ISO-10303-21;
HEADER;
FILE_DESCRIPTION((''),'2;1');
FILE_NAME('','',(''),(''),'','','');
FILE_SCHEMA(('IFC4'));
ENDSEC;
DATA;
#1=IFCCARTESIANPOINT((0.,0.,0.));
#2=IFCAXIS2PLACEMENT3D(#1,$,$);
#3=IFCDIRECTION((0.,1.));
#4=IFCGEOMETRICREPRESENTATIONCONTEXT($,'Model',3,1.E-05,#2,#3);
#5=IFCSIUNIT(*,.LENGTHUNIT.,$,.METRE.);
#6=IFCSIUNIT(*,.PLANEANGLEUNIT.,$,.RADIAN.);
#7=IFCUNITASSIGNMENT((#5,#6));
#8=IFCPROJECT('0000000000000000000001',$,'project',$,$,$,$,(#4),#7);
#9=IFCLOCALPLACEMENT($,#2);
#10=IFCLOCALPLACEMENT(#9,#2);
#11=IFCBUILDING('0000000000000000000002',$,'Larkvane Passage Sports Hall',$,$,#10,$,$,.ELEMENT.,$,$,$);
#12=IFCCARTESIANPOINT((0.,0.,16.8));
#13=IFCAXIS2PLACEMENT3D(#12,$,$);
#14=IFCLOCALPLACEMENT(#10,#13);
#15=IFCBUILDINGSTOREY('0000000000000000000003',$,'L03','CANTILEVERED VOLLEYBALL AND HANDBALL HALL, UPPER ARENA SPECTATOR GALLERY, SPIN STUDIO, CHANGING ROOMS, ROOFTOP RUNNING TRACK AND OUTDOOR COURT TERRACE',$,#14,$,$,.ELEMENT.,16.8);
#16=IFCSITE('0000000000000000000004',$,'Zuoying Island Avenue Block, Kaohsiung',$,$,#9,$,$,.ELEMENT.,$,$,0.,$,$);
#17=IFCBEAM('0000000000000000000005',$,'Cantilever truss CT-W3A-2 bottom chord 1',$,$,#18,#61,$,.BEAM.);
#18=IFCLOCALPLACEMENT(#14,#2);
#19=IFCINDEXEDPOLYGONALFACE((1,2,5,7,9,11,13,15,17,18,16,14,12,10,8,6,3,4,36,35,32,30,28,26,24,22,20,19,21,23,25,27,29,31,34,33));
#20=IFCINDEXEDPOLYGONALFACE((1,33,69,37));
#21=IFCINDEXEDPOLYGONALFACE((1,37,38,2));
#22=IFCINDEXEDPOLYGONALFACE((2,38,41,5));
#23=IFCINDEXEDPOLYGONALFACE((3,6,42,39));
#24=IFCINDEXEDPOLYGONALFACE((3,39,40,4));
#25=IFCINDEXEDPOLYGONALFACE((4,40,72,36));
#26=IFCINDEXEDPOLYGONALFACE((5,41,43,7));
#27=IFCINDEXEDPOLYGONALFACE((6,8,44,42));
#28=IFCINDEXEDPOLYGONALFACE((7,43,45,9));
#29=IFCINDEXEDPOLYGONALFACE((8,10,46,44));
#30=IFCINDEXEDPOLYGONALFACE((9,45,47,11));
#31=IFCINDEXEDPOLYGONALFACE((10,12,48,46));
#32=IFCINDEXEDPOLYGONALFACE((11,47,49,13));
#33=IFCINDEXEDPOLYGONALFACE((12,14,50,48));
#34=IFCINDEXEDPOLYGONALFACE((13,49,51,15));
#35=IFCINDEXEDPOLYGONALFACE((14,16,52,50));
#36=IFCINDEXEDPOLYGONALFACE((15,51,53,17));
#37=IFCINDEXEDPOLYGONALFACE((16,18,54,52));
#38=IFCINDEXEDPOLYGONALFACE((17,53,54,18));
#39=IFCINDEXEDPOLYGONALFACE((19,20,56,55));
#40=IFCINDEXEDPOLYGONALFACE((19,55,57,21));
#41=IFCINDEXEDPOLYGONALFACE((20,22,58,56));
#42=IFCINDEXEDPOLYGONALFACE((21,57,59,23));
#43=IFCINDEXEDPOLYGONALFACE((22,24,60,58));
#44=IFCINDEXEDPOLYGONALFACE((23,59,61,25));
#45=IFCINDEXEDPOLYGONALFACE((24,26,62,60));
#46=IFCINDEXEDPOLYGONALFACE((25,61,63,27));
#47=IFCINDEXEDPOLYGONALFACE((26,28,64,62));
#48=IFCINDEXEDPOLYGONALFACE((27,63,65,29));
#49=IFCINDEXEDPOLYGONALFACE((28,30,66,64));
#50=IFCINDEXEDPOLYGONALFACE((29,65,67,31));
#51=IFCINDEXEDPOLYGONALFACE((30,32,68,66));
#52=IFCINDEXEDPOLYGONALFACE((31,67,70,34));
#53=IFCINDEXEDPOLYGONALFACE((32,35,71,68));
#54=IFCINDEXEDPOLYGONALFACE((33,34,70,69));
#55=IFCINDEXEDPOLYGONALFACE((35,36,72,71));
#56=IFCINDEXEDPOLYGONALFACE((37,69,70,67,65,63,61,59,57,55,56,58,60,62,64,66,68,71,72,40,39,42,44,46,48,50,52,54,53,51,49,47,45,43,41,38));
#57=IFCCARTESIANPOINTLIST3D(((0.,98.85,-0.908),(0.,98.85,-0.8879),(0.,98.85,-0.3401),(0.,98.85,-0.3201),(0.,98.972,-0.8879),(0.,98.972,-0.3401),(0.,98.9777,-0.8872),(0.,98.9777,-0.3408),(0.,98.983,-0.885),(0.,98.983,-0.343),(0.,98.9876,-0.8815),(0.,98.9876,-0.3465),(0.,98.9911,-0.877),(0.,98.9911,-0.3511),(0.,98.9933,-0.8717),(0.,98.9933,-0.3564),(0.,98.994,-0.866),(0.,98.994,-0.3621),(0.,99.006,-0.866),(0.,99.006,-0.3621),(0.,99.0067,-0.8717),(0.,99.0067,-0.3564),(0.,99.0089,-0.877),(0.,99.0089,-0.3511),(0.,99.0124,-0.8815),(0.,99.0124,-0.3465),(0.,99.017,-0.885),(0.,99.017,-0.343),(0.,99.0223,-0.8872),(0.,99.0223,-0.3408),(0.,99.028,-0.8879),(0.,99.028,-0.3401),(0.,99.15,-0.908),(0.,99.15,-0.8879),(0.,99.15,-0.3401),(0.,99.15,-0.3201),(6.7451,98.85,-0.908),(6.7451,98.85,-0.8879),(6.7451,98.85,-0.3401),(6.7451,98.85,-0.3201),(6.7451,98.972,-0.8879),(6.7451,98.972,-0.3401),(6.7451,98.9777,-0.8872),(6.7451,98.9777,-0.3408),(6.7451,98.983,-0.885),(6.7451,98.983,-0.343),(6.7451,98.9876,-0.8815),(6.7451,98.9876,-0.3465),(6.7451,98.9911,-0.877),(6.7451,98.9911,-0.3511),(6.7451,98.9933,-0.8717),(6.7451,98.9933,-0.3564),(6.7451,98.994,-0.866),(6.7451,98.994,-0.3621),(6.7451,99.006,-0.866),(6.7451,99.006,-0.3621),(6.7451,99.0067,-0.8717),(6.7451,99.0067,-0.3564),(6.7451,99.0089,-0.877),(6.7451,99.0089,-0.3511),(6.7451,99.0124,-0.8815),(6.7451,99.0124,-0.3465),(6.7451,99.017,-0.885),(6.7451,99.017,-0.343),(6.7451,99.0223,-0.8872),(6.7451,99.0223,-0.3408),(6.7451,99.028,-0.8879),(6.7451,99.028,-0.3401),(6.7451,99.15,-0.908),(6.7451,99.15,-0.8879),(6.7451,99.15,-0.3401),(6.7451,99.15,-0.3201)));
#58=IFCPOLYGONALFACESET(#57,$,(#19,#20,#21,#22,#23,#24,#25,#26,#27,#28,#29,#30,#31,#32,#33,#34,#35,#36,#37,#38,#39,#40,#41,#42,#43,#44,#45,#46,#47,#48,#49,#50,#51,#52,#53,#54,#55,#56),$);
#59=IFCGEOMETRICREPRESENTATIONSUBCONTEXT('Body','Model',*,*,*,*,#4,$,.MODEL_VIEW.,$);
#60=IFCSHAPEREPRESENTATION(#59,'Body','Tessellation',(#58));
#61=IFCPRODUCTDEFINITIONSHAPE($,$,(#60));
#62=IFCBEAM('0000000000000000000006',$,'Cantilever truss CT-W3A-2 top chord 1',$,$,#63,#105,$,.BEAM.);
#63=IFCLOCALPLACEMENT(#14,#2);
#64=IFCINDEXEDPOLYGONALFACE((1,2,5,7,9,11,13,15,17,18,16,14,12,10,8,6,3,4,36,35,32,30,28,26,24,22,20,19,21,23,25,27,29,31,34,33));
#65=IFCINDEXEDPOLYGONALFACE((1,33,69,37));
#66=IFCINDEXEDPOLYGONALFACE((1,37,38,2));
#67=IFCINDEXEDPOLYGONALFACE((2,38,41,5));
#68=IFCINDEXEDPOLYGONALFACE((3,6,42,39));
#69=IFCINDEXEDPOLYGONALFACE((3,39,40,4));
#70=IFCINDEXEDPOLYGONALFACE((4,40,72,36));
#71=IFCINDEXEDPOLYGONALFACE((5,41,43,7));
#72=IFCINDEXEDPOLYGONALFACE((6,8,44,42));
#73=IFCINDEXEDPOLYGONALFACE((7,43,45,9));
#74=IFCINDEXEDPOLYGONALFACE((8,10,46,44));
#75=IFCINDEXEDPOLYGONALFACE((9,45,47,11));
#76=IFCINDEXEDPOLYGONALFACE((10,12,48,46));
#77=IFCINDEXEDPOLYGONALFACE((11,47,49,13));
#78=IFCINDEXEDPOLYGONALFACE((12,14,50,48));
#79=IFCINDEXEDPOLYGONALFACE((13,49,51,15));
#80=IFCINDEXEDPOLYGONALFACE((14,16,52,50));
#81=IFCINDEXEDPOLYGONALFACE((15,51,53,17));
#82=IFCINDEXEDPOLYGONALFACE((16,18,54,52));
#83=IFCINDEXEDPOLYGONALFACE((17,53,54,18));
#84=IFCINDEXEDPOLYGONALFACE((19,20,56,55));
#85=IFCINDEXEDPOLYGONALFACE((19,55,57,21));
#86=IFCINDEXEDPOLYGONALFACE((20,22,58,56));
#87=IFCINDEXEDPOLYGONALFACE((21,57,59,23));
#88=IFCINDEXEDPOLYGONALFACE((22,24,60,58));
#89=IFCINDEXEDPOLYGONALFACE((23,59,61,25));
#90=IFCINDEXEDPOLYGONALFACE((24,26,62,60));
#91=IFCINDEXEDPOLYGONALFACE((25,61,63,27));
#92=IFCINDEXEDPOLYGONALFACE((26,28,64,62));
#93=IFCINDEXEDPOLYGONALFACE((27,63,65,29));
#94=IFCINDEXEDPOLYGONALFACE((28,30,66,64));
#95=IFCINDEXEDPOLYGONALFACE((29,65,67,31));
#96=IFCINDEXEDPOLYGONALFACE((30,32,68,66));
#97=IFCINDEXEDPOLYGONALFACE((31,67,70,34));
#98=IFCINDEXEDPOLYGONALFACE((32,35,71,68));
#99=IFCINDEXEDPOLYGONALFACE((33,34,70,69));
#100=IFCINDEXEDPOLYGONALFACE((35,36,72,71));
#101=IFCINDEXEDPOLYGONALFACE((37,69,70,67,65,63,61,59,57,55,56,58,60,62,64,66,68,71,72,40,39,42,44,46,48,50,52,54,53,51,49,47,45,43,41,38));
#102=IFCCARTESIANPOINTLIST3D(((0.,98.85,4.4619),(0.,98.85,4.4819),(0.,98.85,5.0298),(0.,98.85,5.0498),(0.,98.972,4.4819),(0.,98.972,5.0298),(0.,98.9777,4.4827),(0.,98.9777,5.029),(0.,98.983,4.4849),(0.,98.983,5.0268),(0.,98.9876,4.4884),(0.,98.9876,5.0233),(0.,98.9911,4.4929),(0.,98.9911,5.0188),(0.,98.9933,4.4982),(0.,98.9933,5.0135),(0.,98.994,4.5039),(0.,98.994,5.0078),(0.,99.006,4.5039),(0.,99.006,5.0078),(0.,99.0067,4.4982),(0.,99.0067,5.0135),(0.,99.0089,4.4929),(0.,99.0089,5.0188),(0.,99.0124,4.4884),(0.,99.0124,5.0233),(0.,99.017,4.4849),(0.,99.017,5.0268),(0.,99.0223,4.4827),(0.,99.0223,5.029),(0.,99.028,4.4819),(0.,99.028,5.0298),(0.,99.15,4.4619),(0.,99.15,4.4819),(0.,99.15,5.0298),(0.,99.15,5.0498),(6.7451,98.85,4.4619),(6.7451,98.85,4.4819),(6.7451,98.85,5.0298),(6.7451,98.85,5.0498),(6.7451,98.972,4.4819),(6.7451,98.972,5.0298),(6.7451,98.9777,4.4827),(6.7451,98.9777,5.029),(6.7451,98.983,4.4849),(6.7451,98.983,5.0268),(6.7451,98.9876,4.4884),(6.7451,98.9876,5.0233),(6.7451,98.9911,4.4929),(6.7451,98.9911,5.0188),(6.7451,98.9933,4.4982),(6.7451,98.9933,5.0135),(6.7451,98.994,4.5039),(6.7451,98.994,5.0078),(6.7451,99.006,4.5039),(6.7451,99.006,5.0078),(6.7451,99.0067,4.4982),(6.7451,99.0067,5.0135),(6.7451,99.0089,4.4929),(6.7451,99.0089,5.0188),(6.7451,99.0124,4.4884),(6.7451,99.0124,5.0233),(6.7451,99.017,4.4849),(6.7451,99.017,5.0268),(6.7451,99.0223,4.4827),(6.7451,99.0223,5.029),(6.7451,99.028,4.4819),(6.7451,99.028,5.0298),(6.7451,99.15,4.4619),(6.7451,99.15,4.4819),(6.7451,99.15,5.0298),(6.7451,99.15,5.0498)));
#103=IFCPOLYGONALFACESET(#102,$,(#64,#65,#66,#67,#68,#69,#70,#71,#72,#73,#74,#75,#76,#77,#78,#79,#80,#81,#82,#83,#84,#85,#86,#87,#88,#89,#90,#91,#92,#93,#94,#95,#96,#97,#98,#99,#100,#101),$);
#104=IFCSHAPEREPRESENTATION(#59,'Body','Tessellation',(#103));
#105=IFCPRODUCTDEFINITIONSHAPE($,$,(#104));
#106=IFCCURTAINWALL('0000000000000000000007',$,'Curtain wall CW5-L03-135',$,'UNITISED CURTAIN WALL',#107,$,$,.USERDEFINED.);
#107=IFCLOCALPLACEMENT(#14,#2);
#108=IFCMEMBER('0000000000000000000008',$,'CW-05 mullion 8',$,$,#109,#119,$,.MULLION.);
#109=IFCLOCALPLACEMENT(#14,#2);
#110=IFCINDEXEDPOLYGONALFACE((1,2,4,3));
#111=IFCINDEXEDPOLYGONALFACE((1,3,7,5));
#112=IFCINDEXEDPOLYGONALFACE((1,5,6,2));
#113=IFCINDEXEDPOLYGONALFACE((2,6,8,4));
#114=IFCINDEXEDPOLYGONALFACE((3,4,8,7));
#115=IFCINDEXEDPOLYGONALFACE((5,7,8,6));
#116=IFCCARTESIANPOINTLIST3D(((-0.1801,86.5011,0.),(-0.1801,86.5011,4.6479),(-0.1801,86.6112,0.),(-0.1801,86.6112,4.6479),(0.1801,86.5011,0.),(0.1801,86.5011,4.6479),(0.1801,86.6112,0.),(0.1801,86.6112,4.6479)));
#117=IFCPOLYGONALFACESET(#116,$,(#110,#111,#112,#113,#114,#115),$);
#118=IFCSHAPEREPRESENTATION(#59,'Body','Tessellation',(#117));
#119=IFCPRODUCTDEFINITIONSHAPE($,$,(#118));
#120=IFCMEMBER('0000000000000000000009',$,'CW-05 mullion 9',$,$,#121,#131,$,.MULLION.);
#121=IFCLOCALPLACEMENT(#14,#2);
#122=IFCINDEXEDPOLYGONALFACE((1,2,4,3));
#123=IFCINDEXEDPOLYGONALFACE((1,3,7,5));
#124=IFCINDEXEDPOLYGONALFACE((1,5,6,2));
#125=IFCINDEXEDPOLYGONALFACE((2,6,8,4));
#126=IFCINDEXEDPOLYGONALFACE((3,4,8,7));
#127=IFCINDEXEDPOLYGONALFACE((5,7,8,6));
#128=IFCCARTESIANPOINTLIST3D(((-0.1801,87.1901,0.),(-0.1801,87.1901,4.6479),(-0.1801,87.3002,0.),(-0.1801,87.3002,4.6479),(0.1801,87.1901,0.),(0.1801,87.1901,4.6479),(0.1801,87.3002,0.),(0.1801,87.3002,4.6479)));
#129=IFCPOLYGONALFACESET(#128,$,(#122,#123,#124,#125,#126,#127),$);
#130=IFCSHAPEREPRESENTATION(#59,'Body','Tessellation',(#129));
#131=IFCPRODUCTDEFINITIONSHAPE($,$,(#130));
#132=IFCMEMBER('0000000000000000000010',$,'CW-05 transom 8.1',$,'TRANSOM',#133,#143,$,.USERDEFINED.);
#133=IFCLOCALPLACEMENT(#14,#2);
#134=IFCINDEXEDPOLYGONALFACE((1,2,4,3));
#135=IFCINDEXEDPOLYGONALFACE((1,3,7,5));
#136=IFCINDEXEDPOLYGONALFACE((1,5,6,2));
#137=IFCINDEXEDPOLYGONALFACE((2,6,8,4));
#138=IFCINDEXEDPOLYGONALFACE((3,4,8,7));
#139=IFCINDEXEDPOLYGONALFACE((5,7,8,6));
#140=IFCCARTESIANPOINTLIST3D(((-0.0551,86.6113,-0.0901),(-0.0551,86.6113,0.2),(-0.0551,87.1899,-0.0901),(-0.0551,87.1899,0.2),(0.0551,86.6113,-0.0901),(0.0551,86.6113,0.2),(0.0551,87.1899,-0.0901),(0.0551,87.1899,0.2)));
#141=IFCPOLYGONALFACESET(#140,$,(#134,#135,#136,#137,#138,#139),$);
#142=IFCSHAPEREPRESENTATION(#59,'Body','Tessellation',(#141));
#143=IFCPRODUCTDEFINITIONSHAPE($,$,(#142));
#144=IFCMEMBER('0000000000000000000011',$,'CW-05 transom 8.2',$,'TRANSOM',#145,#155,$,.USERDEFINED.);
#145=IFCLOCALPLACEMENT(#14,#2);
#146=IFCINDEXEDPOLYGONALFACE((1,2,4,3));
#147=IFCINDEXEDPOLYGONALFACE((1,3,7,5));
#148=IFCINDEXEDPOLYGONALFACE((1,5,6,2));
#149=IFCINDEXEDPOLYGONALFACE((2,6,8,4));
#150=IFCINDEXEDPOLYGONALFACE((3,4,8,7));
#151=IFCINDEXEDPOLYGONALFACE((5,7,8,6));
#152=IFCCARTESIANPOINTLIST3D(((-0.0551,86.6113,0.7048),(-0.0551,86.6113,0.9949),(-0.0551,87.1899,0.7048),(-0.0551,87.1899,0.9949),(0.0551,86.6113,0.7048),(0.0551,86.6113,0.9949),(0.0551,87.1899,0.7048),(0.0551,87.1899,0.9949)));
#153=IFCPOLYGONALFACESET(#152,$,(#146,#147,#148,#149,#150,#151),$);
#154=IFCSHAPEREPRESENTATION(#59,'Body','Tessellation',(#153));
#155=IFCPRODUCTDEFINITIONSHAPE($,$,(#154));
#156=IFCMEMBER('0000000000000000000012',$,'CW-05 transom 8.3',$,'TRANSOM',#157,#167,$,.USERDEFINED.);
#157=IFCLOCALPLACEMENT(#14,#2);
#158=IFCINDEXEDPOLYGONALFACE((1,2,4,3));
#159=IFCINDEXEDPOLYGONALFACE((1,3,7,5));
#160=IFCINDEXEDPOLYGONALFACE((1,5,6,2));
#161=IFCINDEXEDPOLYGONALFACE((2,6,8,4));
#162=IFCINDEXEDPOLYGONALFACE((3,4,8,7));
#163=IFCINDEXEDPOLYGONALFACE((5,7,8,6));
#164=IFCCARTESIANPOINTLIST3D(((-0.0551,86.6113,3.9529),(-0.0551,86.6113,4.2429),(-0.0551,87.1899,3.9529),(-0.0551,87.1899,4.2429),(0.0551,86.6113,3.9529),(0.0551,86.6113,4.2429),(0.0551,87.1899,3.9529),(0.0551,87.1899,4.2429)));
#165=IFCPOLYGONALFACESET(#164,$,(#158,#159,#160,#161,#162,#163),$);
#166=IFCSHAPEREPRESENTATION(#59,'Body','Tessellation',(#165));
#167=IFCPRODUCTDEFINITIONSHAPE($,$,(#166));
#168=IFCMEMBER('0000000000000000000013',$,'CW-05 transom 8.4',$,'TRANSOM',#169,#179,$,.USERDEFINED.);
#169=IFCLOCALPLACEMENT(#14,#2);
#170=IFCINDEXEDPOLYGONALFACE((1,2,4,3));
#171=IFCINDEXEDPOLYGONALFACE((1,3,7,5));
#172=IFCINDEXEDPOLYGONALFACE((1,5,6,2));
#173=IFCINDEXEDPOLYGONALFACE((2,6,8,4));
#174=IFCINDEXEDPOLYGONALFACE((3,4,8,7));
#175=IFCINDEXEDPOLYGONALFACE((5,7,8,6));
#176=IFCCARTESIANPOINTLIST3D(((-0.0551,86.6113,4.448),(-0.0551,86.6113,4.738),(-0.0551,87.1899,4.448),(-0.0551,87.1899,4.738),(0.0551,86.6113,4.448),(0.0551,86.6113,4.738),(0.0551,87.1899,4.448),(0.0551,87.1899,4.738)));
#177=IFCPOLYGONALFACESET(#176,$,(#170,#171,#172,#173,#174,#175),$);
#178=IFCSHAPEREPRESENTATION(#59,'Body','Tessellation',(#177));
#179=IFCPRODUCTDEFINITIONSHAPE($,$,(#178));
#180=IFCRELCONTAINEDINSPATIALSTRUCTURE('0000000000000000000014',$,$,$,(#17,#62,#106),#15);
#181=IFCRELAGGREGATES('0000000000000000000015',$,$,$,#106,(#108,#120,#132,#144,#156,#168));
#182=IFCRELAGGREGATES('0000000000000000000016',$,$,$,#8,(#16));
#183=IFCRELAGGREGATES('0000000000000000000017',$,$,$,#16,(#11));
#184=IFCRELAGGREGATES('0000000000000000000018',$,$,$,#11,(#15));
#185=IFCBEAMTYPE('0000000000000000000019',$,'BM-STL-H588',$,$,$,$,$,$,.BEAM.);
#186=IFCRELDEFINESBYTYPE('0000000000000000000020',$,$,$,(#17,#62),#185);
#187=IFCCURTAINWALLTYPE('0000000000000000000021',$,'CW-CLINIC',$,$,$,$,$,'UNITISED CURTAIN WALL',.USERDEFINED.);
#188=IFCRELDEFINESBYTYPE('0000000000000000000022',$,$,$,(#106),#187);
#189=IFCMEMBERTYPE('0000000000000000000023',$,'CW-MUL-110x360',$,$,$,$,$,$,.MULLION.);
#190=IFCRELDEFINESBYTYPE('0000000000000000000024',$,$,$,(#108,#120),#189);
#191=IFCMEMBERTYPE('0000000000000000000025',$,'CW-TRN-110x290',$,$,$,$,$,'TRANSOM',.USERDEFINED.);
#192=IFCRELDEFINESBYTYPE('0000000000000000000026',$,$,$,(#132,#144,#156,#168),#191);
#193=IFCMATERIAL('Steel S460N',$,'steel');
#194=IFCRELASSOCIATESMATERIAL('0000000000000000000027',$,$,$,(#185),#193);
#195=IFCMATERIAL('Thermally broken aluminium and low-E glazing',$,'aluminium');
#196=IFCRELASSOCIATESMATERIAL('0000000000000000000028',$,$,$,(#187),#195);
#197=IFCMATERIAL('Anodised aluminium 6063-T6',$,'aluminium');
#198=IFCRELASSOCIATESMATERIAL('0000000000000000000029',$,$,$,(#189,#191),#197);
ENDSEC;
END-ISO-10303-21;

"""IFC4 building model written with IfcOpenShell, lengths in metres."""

from ifc_helpers import new_model, si_unit, direction, frame, origin, origin_2d, place, context, subcontext, project, spatial, rectangle, i_section, extrude, material, material_profile, profile_set, type_object, element, aggregate, save


model = new_model("IFC4")

# Units and contexts
model_context = context("Model", 3, precision=1e-05, world=origin(), true_north=direction((0.0, 1.0)))
body_context = subcontext(model_context, "Body", "Model", "MODEL_VIEW")
ifc_project = project(units=[si_unit("LENGTHUNIT", "METRE"), si_unit("PLANEANGLEUNIT", "RADIAN")], contexts=[model_context])

# Site, building, storey
site_placement = place(None, origin())
site = spatial("IfcSite", under=ifc_project, at=site_placement, Name="Zuoying Island Avenue Block, Kaohsiung", CompositionType="ELEMENT", RefElevation=0.0)
building_placement = place(site_placement, origin())
building = spatial("IfcBuilding", under=site, at=building_placement, Name="Larkvane Passage Sports Hall", CompositionType="ELEMENT")
storey_placement = place(building_placement, frame((0.0, 0.0, 16.8)))
storey = spatial("IfcBuildingStorey", under=building, at=storey_placement, Name="L03", Description="CANTILEVERED VOLLEYBALL AND HANDBALL HALL, UPPER ARENA SPECTATOR GALLERY, SPIN STUDIO, CHANGING ROOMS, ROOFTOP RUNNING TRACK AND OUTDOOR COURT TERRACE", CompositionType="ELEMENT", Elevation=16.8)

# Beams
ifc_material_1 = material(Name="Steel S460N", Category="steel")
ifc_material_profile_1 = material_profile(ifc_material_1, i_section(OverallWidth=0.3, OverallDepth=0.5879, WebThickness=0.012, FlangeThickness=0.02, FilletRadius=0.022, at=origin_2d()), Name="H-588x300x12x20")
ifc_profile_set_1 = profile_set([ifc_material_profile_1], Name="Steel S460N")
beam_type_1 = type_object("IfcBeamType", Name="BM-STL-H588", PredefinedType="BEAM", material=ifc_profile_set_1)
for number, where, z_axis, x_axis, name in (
    (1, (0.0, 99.0, -0.614), (1.0, 0.0, 0.0), (0.0, 1.0, 0.0), "Cantilever truss CT-W3A-2 bottom chord 1"),
    (2, (0.0, 99.0, 4.7559), (1.0, 0.0, 0.0), (0.0, 1.0, 0.0), "Cantilever truss CT-W3A-2 top chord 1"),
):
    element("IfcBeam", number, at=place(storey_placement, frame(where, z_axis=z_axis, x_axis=x_axis)), inside=storey, type_object=beam_type_1, Name=name, PredefinedType="BEAM", context=body_context, shape_type="SweptSolid", body=[
        extrude(i_section(OverallWidth=0.3, OverallDepth=0.5879, WebThickness=0.012, FlangeThickness=0.02, FilletRadius=0.022, at=origin_2d()), origin(), (0.0, 0.0, 1.0), 6.7451),
    ])

# Curtain wall, members
ifc_material_2 = material(Name="Thermally broken aluminium and low-E glazing", Category="aluminium")
curtain_wall_type = type_object("IfcCurtainWallType", Name="CW-CLINIC", ElementType="UNITISED CURTAIN WALL", PredefinedType="USERDEFINED", material=ifc_material_2)
curtain_wall_placement = place(storey_placement, origin())
curtain_wall = element("IfcCurtainWall", 3, at=curtain_wall_placement, inside=storey, type_object=curtain_wall_type, Name="Curtain wall CW5-L03-135", ObjectType="UNITISED CURTAIN WALL", PredefinedType="USERDEFINED")
ifc_material_3 = material(Name="Anodised aluminium 6063-T6", Category="aluminium")
ifc_material_profile_2 = material_profile(ifc_material_3, rectangle(XDim=0.1101, YDim=0.3601, at=origin_2d()), Name="ALU-MUL-110x360")
ifc_profile_set_2 = profile_set([ifc_material_profile_2], Name="Anodised aluminium 6063-T6")
member_type_1 = type_object("IfcMemberType", Name="CW-MUL-110x360", PredefinedType="MULLION", material=ifc_profile_set_2)
member_1_placement = place(storey_placement, frame((0.0, 86.5562, 0.0), z_axis=(0.0, 0.0, 1.0), x_axis=(0.0, 1.0, 0.0)))
member_1 = element("IfcMember", 4, at=member_1_placement, type_object=member_type_1, Name="CW-05 mullion 8", PredefinedType="MULLION", context=body_context, shape_type="SweptSolid", body=[
    extrude(rectangle(XDim=0.1101, YDim=0.3601, at=origin_2d()), origin(), (0.0, 0.0, 1.0), 4.6479),
])
member_2_placement = place(storey_placement, frame((0.0, 87.2451, 0.0), z_axis=(0.0, 0.0, 1.0), x_axis=(0.0, 1.0, 0.0)))
member_2 = element("IfcMember", 5, at=member_2_placement, type_object=member_type_1, Name="CW-05 mullion 9", PredefinedType="MULLION", context=body_context, shape_type="SweptSolid", body=[
    extrude(rectangle(XDim=0.1101, YDim=0.3601, at=origin_2d()), origin(), (0.0, 0.0, 1.0), 4.6479),
])
ifc_material_profile_3 = material_profile(ifc_material_3, rectangle(XDim=0.1101, YDim=0.29, at=origin_2d()), Name="ALU-TRN-110x290")
ifc_profile_set_3 = profile_set([ifc_material_profile_3], Name="Anodised aluminium 6063-T6")
member_type_2 = type_object("IfcMemberType", Name="CW-TRN-110x290", ElementType="TRANSOM", PredefinedType="USERDEFINED", material=ifc_profile_set_3)
member_3_placement = place(storey_placement, frame((0.0, 86.6113, 0.0549), z_axis=(0.0, 1.0, 0.0), x_axis=(-1.0, 0.0, 0.0)))
member_3 = element("IfcMember", 6, at=member_3_placement, type_object=member_type_2, Name="CW-05 transom 8.1", ObjectType="TRANSOM", PredefinedType="USERDEFINED", context=body_context, shape_type="SweptSolid", body=[
    extrude(rectangle(XDim=0.1101, YDim=0.29, at=origin_2d()), origin(), (0.0, 0.0, 1.0), 0.5786),
])
member_4_placement = place(storey_placement, frame((0.0, 86.6113, 0.8499), z_axis=(0.0, 1.0, 0.0), x_axis=(-1.0, 0.0, 0.0)))
member_4 = element("IfcMember", 7, at=member_4_placement, type_object=member_type_2, Name="CW-05 transom 8.2", ObjectType="TRANSOM", PredefinedType="USERDEFINED", context=body_context, shape_type="SweptSolid", body=[
    extrude(rectangle(XDim=0.1101, YDim=0.29, at=origin_2d()), origin(), (0.0, 0.0, 1.0), 0.5786),
])
member_5_placement = place(storey_placement, frame((0.0, 86.6113, 4.0979), z_axis=(0.0, 1.0, 0.0), x_axis=(-1.0, 0.0, 0.0)))
member_5 = element("IfcMember", 8, at=member_5_placement, type_object=member_type_2, Name="CW-05 transom 8.3", ObjectType="TRANSOM", PredefinedType="USERDEFINED", context=body_context, shape_type="SweptSolid", body=[
    extrude(rectangle(XDim=0.1101, YDim=0.29, at=origin_2d()), origin(), (0.0, 0.0, 1.0), 0.5786),
])
member_6_placement = place(storey_placement, frame((0.0, 86.6113, 4.593), z_axis=(0.0, 1.0, 0.0), x_axis=(-1.0, 0.0, 0.0)))
member_6 = element("IfcMember", 9, at=member_6_placement, type_object=member_type_2, Name="CW-05 transom 8.4", ObjectType="TRANSOM", PredefinedType="USERDEFINED", context=body_context, shape_type="SweptSolid", body=[
    extrude(rectangle(XDim=0.1101, YDim=0.29, at=origin_2d()), origin(), (0.0, 0.0, 1.0), 0.5786),
])

aggregate(curtain_wall, [member_1, member_2, member_3, member_4, member_5, member_6])

save(model, "model.ifc")
